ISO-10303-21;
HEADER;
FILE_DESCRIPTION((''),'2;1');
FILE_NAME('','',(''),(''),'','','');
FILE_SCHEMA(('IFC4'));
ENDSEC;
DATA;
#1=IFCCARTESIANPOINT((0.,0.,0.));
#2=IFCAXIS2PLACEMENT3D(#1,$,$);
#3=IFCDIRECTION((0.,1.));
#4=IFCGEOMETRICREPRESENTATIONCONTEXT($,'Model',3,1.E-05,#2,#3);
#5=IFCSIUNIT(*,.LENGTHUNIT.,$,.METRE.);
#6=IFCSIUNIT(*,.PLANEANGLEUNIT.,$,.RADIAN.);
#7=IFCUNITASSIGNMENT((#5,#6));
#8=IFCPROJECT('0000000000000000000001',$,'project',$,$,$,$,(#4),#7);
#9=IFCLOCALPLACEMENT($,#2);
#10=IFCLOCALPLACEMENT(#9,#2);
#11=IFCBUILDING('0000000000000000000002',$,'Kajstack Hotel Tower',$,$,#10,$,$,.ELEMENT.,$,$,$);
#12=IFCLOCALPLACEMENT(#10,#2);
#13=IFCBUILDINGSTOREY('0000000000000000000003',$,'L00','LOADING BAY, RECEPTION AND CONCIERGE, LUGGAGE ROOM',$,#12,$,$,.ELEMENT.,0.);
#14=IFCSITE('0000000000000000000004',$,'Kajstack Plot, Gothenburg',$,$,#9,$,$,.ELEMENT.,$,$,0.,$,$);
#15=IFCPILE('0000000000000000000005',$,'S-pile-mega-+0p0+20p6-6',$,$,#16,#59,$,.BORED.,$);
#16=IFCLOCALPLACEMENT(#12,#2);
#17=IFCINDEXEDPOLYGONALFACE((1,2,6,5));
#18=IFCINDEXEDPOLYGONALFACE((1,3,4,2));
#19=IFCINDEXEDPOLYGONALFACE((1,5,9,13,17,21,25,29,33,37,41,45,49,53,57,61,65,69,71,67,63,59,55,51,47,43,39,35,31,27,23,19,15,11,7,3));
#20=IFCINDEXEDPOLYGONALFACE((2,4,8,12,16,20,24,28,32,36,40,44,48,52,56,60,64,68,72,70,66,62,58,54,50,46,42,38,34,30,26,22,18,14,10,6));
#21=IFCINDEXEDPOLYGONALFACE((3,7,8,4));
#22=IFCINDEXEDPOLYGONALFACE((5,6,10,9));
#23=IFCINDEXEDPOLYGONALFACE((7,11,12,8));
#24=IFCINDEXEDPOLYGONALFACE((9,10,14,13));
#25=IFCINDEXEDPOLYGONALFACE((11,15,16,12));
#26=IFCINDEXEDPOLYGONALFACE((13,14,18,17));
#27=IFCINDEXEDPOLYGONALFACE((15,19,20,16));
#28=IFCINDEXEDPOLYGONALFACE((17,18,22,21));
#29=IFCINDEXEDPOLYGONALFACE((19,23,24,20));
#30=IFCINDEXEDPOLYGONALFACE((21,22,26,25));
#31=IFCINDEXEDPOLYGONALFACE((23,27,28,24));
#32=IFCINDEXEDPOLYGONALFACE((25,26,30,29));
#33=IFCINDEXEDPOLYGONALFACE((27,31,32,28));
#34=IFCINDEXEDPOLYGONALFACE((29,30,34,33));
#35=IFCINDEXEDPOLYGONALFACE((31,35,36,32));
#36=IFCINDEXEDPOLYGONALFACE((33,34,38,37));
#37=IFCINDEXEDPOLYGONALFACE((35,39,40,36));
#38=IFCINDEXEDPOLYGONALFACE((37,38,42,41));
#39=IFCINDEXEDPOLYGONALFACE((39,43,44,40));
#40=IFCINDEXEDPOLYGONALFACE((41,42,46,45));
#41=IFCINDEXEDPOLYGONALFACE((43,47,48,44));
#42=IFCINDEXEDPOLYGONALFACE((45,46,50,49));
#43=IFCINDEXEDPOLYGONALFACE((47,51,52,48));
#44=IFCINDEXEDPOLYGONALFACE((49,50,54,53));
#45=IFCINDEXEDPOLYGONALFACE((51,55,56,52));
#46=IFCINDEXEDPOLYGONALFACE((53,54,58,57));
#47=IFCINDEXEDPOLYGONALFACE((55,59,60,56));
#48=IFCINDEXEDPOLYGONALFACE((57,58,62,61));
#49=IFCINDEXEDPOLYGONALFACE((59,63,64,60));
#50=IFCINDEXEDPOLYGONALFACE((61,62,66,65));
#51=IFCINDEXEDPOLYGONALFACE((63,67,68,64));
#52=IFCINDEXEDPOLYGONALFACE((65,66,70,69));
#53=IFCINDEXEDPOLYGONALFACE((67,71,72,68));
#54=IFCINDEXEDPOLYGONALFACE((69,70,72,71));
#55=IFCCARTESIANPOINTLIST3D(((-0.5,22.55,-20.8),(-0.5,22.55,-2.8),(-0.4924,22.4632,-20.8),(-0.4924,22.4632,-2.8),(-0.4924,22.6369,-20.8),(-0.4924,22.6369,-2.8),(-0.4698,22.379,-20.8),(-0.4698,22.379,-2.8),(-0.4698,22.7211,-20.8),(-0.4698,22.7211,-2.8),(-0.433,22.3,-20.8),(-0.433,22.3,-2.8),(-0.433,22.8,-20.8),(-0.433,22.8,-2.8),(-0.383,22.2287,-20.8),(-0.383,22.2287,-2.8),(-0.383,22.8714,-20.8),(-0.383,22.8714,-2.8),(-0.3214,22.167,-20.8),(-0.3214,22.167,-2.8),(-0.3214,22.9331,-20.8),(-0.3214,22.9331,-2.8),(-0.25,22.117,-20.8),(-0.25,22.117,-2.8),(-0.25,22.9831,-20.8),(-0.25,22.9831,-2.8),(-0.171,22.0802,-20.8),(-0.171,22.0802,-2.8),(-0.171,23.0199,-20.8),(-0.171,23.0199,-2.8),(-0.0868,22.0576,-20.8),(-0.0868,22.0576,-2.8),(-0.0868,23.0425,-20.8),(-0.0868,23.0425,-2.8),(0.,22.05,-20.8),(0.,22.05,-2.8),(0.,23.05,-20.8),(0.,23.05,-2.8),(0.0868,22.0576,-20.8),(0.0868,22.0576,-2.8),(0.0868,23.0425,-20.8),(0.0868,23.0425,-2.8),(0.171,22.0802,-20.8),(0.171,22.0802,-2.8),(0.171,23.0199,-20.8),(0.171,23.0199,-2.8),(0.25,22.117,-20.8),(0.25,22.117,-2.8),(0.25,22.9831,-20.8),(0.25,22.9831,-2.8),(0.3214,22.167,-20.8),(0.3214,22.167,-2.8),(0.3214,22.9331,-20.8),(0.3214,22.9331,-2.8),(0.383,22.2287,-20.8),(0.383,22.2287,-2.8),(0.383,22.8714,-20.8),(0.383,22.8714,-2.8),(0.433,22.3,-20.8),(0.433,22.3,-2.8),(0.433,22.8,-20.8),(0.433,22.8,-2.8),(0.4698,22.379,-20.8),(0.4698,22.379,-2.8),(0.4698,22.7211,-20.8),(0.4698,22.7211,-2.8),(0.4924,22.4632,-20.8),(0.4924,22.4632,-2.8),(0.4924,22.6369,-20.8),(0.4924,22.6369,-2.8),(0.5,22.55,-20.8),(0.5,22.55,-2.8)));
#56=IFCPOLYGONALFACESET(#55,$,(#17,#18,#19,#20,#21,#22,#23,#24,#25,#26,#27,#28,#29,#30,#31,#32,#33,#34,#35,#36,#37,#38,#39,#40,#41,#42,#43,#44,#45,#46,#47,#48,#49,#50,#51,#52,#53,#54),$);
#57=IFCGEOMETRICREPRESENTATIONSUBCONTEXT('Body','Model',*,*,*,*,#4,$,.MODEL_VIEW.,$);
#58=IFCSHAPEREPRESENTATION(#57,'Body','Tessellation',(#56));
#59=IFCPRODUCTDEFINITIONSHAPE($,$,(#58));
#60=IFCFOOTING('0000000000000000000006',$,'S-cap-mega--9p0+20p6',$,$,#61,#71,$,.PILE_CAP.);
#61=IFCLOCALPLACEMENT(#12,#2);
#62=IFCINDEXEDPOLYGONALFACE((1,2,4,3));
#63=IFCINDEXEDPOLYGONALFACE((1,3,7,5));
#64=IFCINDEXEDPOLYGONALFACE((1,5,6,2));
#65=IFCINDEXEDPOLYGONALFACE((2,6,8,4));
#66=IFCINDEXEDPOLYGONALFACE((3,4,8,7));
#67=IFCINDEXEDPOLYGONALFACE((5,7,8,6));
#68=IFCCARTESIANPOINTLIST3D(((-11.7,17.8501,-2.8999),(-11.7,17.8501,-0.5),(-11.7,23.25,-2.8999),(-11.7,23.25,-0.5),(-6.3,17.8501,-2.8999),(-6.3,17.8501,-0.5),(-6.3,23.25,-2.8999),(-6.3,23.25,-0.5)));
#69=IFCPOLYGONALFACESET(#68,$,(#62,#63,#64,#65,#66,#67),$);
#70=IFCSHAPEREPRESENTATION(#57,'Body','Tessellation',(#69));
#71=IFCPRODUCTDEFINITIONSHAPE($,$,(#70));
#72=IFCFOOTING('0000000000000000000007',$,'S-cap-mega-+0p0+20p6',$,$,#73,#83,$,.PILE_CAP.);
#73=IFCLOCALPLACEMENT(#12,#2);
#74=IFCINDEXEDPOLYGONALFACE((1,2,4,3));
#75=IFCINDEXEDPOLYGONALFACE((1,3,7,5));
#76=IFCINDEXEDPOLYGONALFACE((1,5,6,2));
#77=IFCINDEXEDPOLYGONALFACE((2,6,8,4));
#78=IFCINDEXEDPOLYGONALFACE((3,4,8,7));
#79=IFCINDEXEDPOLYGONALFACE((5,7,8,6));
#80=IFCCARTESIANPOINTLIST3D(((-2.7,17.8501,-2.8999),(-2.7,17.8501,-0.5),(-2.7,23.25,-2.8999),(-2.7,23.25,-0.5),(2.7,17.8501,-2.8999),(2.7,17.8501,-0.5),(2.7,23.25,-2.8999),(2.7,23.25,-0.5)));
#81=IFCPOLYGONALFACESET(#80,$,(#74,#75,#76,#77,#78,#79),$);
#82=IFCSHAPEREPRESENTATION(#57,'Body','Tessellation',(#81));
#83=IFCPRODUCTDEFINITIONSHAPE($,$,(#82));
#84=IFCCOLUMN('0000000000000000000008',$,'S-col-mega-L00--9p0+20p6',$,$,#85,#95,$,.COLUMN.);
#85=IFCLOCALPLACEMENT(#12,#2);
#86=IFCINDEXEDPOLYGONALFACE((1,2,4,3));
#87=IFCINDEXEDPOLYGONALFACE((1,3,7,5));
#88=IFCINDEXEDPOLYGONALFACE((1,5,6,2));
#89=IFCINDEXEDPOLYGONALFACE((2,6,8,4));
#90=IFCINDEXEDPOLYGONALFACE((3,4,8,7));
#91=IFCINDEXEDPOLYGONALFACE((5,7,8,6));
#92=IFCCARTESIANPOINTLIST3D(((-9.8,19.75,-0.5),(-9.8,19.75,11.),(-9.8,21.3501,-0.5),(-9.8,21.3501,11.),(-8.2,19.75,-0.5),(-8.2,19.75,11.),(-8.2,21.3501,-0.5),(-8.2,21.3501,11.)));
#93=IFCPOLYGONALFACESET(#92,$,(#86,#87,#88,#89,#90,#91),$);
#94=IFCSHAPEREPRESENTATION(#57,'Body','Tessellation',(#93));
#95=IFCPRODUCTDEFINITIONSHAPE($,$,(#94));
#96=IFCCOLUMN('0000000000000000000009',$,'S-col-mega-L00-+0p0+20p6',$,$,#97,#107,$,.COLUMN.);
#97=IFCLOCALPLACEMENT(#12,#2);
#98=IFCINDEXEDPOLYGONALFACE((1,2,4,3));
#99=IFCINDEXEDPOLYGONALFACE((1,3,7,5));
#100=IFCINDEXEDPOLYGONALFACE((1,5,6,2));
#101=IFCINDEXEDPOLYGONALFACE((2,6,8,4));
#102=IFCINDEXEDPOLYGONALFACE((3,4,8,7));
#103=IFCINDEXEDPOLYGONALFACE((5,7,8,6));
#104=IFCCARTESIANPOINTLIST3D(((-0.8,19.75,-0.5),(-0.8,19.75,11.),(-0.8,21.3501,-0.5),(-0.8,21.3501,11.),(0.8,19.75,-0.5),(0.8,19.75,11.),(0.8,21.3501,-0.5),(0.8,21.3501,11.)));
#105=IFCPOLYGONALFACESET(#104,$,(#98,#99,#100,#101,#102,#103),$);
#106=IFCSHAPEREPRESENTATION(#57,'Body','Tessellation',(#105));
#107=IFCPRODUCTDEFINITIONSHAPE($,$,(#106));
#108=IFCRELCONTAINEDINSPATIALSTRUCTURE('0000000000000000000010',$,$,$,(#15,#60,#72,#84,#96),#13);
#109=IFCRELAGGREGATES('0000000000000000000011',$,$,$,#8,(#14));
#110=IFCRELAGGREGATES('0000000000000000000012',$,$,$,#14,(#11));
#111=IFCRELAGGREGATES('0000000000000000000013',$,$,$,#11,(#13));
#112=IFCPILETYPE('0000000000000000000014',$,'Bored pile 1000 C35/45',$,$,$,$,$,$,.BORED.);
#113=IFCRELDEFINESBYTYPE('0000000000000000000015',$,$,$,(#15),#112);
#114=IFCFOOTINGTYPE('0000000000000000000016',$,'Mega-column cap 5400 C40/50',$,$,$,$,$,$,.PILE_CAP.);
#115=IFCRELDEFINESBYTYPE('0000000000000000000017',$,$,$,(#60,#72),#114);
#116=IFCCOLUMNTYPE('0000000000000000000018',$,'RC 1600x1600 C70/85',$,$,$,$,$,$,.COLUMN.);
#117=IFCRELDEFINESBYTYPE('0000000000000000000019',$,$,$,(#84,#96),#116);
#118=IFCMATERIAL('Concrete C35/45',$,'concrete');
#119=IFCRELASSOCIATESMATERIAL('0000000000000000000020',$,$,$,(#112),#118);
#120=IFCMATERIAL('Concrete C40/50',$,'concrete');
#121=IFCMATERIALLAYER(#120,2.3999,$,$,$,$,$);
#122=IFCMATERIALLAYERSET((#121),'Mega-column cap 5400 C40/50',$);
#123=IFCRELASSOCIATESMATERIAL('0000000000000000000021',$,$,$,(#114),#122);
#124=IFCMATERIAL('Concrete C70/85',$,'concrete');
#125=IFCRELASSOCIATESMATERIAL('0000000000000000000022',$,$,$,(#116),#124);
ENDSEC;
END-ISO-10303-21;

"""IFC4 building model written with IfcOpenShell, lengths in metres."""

from ifc_helpers import new_model, si_unit, direction, frame, origin, origin_2d, place, context, subcontext, project, spatial, rectangle, circle, extrude, material, layer, layer_set, material_profile, profile_set, type_object, element, save


model = new_model("IFC4")

# Units and contexts
model_context = context("Model", 3, precision=1e-05, world=origin(), true_north=direction((0.0, 1.0)))
body_context = subcontext(model_context, "Body", "Model", "MODEL_VIEW")
ifc_project = project(units=[si_unit("LENGTHUNIT", "METRE"), si_unit("PLANEANGLEUNIT", "RADIAN")], contexts=[model_context])

# Site, building, storey
site_placement = place(None, origin())
site = spatial("IfcSite", under=ifc_project, at=site_placement, Name="Kajstack Plot, Gothenburg", CompositionType="ELEMENT", RefElevation=0.0)
building_placement = place(site_placement, origin())
building = spatial("IfcBuilding", under=site, at=building_placement, Name="Kajstack Hotel Tower", CompositionType="ELEMENT")
storey_placement = place(building_placement, origin())
storey = spatial("IfcBuildingStorey", under=building, at=storey_placement, Name="L00", Description="LOADING BAY, RECEPTION AND CONCIERGE, LUGGAGE ROOM", CompositionType="ELEMENT", Elevation=0.0)

# Pile
ifc_material_1 = material(Name="Concrete C35/45", Category="concrete")
ifc_material_profile_1 = material_profile(ifc_material_1, circle(Radius=0.5, at=origin_2d()), Name="RC round 1000")
ifc_profile_set_1 = profile_set([ifc_material_profile_1], Name="Concrete C35/45")
pile_type = type_object("IfcPileType", Name="Bored pile 1000 C35/45", PredefinedType="BORED", material=ifc_profile_set_1)
for number, where, z_axis, x_axis, name in (
    (1, (0.0, 22.55, -2.8), (0.0, 0.0, -1.0), (1.0, 0.0, 0.0), "S-pile-mega-+0p0+20p6-6"),
):
    element("IfcPile", number, at=place(storey_placement, frame(where, z_axis=z_axis, x_axis=x_axis)), inside=storey, type_object=pile_type, Name=name, PredefinedType="BORED", context=body_context, shape_type="SweptSolid", body=[
        extrude(circle(Radius=0.5, at=origin_2d()), origin(), (0.0, 0.0, 1.0), 18.0),
    ])

# Footings
ifc_material_2 = material(Name="Concrete C40/50", Category="concrete")
ifc_layer = layer(ifc_material_2, 2.3999)
ifc_layer_set = layer_set([ifc_layer], Name="Mega-column cap 5400 C40/50")
footing_type = type_object("IfcFootingType", Name="Mega-column cap 5400 C40/50", PredefinedType="PILE_CAP", material=ifc_layer_set)
for number, where, z_axis, x_axis, name in (
    (2, (-9.0, 20.55, -2.8999), (0.0, 0.0, 1.0), (1.0, 0.0, 0.0), "S-cap-mega--9p0+20p6"),
    (3, (0.0, 20.55, -2.8999), (0.0, 0.0, 1.0), (1.0, 0.0, 0.0), "S-cap-mega-+0p0+20p6"),
):
    element("IfcFooting", number, at=place(storey_placement, frame(where, z_axis=z_axis, x_axis=x_axis)), inside=storey, type_object=footing_type, Name=name, PredefinedType="PILE_CAP", context=body_context, shape_type="SweptSolid", body=[
        extrude(rectangle(XDim=5.3999, YDim=5.3999, at=origin_2d()), origin(), (0.0, 0.0, 1.0), 2.3999),
    ])

# Columns
ifc_material_3 = material(Name="Concrete C70/85", Category="concrete")
ifc_material_profile_2 = material_profile(ifc_material_3, rectangle(XDim=1.6001, YDim=1.6001, at=origin_2d()), Name="RC 1600x1600")
ifc_profile_set_2 = profile_set([ifc_material_profile_2], Name="Concrete C70/85")
column_type = type_object("IfcColumnType", Name="RC 1600x1600 C70/85", PredefinedType="COLUMN", material=ifc_profile_set_2)
for number, where, z_axis, x_axis, name in (
    (4, (-9.0, 20.55, -0.5), (0.0, 0.0, 1.0), (1.0, 0.0, 0.0), "S-col-mega-L00--9p0+20p6"),
    (5, (0.0, 20.55, -0.5), (0.0, 0.0, 1.0), (1.0, 0.0, 0.0), "S-col-mega-L00-+0p0+20p6"),
):
    element("IfcColumn", number, at=place(storey_placement, frame(where, z_axis=z_axis, x_axis=x_axis)), inside=storey, type_object=column_type, Name=name, PredefinedType="COLUMN", context=body_context, shape_type="SweptSolid", body=[
        extrude(rectangle(XDim=1.6001, YDim=1.6001, at=origin_2d()), origin(), (0.0, 0.0, 1.0), 11.5),
    ])

save(model, "model.ifc")
